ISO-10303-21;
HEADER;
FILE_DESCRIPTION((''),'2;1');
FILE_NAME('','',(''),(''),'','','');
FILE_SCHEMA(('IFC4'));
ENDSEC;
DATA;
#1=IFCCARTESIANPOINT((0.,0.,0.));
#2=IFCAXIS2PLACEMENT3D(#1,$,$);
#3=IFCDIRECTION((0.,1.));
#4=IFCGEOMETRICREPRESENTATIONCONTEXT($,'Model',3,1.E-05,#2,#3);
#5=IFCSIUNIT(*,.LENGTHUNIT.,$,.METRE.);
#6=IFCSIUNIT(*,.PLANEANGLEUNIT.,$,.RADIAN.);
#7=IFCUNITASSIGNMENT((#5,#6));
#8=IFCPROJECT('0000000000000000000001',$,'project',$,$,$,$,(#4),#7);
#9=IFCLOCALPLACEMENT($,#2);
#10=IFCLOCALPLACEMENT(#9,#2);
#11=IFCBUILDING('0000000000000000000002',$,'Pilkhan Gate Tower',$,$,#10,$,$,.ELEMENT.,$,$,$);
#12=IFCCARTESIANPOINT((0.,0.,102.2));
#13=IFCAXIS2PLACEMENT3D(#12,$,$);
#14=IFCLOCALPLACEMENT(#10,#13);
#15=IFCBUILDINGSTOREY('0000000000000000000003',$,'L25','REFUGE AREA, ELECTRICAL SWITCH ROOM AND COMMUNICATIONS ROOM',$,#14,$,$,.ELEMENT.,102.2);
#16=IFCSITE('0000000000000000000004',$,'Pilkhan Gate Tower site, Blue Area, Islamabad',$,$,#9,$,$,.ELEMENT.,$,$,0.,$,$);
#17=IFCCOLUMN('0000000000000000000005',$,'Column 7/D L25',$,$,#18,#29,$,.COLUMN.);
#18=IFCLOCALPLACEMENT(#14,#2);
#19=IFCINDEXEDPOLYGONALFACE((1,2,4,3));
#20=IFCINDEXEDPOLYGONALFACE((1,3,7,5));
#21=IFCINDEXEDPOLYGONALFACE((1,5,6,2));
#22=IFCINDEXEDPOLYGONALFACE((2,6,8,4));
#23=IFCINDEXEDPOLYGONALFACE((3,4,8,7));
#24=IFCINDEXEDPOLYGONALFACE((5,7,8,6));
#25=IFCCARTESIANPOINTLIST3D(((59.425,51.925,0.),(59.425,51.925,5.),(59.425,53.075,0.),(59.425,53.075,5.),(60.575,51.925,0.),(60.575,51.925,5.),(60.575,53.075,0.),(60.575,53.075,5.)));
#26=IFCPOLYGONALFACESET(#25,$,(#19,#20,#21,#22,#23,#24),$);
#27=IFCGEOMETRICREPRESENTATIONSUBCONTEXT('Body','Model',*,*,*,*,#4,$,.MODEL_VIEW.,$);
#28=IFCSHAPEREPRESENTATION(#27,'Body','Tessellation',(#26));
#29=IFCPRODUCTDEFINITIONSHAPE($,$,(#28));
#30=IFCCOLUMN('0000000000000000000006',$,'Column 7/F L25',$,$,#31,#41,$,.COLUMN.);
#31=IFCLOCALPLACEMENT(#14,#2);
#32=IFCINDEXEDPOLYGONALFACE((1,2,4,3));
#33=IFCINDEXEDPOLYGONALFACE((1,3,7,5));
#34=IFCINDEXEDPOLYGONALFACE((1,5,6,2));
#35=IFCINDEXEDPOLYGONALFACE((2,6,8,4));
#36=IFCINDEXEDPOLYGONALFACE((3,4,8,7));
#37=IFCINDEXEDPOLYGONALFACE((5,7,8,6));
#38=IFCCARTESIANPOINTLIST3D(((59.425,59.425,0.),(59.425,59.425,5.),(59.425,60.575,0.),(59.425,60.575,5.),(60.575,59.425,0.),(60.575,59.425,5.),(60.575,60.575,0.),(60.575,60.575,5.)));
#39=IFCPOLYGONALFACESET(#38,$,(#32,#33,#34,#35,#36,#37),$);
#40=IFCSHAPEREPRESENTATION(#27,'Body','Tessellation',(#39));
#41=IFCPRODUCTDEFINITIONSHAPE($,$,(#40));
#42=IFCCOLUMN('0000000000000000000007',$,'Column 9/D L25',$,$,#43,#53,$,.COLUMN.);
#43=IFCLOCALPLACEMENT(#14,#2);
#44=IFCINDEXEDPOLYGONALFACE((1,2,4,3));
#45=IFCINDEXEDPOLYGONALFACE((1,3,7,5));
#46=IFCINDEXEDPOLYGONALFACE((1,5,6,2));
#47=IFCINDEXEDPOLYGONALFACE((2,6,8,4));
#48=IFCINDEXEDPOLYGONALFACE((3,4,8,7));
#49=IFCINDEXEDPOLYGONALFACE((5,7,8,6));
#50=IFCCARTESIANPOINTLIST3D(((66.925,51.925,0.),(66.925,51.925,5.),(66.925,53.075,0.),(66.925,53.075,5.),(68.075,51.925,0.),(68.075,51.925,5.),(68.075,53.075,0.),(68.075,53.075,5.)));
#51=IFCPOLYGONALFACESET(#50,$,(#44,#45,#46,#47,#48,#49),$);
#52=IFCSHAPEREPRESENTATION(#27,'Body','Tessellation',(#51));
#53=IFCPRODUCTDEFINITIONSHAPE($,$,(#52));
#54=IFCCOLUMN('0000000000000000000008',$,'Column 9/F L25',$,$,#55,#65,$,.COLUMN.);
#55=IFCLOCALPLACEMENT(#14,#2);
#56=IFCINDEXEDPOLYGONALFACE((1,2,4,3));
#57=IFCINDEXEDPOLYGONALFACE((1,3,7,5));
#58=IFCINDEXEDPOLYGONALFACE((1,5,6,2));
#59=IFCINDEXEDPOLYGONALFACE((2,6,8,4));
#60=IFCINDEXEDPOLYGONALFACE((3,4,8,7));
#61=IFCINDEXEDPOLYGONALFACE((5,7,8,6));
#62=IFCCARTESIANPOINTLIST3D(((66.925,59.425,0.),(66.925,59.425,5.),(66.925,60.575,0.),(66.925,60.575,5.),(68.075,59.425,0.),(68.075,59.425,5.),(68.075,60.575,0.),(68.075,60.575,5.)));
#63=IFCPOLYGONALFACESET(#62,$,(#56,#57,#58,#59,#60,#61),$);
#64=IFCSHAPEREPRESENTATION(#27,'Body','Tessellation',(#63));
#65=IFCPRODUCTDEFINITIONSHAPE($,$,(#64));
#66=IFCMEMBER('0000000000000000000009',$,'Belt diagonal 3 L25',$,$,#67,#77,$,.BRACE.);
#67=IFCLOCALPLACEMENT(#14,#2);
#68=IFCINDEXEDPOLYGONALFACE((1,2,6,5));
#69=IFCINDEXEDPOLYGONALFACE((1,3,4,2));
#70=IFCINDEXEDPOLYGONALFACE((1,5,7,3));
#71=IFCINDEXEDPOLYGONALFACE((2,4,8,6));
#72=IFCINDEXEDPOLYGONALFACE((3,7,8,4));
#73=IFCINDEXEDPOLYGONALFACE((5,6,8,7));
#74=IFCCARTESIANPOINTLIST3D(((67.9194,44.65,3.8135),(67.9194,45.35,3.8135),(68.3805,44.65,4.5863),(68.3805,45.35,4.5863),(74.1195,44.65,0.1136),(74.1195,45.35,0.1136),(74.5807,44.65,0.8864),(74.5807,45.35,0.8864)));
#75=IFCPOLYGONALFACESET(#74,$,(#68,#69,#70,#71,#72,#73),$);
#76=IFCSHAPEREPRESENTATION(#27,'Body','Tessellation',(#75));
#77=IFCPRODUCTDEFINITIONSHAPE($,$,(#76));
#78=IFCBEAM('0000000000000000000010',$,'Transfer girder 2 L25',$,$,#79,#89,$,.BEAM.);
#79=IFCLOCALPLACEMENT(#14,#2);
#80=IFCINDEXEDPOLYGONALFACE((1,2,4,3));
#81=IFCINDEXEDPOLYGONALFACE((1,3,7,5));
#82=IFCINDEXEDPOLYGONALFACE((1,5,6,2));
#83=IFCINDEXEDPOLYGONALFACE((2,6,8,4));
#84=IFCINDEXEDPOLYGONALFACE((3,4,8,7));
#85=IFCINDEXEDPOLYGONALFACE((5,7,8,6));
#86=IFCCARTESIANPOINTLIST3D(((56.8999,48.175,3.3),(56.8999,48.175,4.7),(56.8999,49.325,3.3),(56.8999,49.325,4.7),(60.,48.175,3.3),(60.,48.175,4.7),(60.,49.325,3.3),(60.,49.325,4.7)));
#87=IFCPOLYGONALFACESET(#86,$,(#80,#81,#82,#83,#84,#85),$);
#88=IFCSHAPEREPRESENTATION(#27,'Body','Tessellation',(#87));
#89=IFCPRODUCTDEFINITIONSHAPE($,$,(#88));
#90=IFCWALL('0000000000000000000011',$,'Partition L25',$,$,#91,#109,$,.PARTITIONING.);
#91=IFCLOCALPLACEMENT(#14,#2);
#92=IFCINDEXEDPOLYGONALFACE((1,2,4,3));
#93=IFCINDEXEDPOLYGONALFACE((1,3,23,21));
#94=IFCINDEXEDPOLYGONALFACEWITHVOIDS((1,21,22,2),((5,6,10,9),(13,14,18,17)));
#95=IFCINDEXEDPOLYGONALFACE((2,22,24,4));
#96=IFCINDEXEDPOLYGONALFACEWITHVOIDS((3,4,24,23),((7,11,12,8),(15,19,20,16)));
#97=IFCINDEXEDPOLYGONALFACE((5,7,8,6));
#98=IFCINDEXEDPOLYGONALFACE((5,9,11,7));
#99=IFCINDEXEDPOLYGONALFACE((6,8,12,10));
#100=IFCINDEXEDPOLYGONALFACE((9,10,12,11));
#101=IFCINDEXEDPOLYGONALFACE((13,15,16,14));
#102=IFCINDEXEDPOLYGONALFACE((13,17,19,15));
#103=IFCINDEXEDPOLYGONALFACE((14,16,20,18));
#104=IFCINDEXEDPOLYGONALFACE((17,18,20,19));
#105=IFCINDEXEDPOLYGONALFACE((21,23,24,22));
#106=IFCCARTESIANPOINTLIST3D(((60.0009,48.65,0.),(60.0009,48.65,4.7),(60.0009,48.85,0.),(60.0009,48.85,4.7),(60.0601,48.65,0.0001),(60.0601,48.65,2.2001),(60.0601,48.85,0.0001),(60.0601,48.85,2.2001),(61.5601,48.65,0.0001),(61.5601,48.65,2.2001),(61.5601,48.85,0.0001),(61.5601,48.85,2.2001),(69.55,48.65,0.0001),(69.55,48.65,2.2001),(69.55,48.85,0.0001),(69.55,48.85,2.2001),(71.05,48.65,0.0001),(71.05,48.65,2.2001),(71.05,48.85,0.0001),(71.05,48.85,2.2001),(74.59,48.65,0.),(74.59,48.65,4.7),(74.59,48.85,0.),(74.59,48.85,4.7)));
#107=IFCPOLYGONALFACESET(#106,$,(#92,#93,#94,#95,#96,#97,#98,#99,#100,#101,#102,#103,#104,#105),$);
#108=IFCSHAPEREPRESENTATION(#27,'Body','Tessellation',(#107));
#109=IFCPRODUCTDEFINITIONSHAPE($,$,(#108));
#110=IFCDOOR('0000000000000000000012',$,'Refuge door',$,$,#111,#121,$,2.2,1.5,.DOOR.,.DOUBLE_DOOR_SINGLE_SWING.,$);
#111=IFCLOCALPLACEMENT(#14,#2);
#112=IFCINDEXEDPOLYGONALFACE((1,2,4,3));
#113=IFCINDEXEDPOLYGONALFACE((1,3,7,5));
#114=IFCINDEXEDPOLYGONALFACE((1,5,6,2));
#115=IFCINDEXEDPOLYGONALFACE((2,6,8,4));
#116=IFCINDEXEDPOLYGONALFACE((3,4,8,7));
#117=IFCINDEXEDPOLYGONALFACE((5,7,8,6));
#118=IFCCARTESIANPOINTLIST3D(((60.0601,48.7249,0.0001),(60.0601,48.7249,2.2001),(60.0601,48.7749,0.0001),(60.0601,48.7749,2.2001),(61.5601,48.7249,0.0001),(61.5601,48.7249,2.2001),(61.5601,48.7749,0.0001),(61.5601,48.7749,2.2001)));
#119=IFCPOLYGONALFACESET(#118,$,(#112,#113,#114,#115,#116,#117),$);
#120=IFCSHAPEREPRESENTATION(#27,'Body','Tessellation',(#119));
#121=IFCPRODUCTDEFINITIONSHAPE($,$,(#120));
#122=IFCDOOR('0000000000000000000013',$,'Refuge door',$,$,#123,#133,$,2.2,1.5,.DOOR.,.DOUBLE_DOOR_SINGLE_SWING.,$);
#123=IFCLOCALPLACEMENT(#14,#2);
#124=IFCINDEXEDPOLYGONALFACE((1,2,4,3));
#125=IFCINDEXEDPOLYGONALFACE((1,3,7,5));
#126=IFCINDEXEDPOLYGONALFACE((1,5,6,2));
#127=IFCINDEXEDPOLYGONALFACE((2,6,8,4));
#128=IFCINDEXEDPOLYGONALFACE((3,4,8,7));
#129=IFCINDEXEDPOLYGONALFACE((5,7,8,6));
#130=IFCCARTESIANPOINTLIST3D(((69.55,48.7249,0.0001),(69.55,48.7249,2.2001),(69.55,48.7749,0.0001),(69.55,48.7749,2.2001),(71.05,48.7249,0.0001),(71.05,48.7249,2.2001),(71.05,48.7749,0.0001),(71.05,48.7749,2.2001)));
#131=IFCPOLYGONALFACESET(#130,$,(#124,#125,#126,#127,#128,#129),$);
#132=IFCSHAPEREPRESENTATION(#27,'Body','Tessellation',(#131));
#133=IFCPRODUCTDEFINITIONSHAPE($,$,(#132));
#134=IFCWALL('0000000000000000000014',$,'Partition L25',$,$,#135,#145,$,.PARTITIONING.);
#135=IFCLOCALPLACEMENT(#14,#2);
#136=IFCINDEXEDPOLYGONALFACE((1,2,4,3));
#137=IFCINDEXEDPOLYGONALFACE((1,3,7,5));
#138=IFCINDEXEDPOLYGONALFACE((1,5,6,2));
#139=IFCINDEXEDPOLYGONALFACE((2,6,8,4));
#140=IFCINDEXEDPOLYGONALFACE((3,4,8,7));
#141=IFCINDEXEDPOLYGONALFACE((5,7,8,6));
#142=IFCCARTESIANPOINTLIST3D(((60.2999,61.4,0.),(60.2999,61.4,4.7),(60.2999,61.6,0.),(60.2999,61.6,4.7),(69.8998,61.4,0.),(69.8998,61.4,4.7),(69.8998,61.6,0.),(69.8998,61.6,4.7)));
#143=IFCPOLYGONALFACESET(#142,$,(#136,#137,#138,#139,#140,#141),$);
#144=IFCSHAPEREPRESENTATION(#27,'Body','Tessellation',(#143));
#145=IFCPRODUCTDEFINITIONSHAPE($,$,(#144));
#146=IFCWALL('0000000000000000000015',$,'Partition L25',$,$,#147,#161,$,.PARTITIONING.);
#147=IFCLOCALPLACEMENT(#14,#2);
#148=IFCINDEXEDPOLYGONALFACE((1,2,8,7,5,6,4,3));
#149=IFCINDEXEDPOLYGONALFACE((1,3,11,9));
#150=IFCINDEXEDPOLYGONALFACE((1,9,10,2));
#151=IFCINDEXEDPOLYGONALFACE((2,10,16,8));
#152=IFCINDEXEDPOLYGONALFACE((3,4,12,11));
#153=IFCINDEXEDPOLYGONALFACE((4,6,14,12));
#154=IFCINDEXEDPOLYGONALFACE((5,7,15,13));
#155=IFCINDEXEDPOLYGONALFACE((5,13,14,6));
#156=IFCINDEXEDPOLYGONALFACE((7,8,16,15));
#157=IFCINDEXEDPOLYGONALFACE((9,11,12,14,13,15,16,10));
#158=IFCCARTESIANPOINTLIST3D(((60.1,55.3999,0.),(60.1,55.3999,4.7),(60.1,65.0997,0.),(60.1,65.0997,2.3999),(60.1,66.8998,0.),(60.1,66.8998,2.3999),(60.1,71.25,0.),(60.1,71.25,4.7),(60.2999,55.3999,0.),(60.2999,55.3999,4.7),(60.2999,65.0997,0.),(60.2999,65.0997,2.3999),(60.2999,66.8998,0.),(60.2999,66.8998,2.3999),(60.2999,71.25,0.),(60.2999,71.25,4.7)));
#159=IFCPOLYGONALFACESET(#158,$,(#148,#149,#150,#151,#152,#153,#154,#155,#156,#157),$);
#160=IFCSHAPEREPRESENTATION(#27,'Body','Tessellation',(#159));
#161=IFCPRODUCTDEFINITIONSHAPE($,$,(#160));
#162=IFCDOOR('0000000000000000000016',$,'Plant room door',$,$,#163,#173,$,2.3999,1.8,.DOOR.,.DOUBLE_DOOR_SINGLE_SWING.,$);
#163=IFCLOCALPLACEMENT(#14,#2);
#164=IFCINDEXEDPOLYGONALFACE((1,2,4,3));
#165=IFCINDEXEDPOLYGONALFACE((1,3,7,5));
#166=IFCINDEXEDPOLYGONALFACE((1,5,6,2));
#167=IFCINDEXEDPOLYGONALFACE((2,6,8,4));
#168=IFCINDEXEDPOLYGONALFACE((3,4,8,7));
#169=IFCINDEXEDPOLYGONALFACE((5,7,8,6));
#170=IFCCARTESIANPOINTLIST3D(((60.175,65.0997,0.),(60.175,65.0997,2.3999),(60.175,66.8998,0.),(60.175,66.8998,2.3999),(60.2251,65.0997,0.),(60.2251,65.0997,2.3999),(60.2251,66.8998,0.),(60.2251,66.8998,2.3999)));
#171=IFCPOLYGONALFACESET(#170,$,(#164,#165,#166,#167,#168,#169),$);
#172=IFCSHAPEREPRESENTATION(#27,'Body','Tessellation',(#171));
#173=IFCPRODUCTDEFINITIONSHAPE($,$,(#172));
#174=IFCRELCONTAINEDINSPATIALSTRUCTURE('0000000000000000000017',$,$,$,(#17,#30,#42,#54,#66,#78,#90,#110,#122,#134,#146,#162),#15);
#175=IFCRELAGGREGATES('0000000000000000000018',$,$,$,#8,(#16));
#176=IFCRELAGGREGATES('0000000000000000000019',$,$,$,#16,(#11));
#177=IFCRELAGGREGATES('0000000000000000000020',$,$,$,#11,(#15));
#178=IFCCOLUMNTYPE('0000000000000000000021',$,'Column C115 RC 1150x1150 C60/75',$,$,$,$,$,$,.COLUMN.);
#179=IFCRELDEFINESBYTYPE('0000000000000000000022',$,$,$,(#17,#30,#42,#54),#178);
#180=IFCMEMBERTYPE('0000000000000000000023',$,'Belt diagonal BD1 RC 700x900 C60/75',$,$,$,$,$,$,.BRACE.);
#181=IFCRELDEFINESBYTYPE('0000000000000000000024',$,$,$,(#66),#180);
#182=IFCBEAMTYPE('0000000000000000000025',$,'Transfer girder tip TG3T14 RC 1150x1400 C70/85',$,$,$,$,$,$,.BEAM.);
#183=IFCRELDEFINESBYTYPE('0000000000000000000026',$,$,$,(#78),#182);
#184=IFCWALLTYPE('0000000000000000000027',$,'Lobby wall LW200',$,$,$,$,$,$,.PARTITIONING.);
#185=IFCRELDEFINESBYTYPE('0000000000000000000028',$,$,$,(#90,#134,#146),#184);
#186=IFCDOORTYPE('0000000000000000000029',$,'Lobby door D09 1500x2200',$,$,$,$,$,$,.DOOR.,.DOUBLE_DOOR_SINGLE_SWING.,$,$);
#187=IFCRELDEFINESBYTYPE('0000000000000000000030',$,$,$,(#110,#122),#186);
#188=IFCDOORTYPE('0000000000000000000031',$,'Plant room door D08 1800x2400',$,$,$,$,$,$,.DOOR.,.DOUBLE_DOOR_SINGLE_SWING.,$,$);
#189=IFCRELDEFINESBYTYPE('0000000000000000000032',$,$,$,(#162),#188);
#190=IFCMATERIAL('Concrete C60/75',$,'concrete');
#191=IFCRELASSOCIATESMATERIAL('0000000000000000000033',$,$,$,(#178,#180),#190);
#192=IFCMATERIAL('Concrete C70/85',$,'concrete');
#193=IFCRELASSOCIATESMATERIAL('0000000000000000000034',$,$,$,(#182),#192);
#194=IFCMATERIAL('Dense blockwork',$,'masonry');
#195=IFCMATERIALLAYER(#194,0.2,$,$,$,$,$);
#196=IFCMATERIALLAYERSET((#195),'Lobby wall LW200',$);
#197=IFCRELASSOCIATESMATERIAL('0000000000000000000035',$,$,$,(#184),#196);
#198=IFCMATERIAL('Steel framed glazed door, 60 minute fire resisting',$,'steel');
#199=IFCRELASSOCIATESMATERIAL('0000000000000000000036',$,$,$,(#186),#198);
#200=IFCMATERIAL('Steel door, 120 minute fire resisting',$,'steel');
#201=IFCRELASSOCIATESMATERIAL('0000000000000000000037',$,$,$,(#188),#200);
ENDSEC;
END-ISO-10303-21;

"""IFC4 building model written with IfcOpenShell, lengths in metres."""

from ifc_helpers import new_model, si_unit, direction, frame, frame_2d, origin, origin_2d, place, context, subcontext, project, spatial, rectangle, extrude, material, layer, layer_set, material_profile, profile_set, type_object, element, fill, save


model = new_model("IFC4")

# Units and contexts
model_context = context("Model", 3, precision=1e-05, world=origin(), true_north=direction((0.0, 1.0)))
body_context = subcontext(model_context, "Body", "Model", "MODEL_VIEW")
ifc_project = project(units=[si_unit("LENGTHUNIT", "METRE"), si_unit("PLANEANGLEUNIT", "RADIAN")], contexts=[model_context])

# Site, building, storey
site_placement = place(None, origin())
site = spatial("IfcSite", under=ifc_project, at=site_placement, Name="Pilkhan Gate Tower site, Blue Area, Islamabad", CompositionType="ELEMENT", RefElevation=0.0)
building_placement = place(site_placement, origin())
building = spatial("IfcBuilding", under=site, at=building_placement, Name="Pilkhan Gate Tower", CompositionType="ELEMENT")
storey_placement = place(building_placement, frame((0.0, 0.0, 102.2)))
storey = spatial("IfcBuildingStorey", under=building, at=storey_placement, Name="L25", Description="REFUGE AREA, ELECTRICAL SWITCH ROOM AND COMMUNICATIONS ROOM", CompositionType="ELEMENT", Elevation=102.2)

# Columns
ifc_material_1 = material(Name="Concrete C60/75", Category="concrete")
ifc_material_profile_1 = material_profile(ifc_material_1, rectangle(XDim=1.1499, YDim=1.1499, at=origin_2d()), Name="RC 1150x1150")
ifc_profile_set_1 = profile_set([ifc_material_profile_1], Name="Concrete C60/75")
column_type = type_object("IfcColumnType", Name="Column C115 RC 1150x1150 C60/75", PredefinedType="COLUMN", material=ifc_profile_set_1)
for number, where, z_axis, x_axis, name in (
    (1, (60.0, 52.5, 0.0), (0.0, 0.0, 1.0), (1.0, 0.0, 0.0), "Column 7/D L25"),
    (2, (60.0, 60.0, 0.0), (0.0, 0.0, 1.0), (1.0, 0.0, 0.0), "Column 7/F L25"),
    (3, (67.5, 52.5, 0.0), (0.0, 0.0, 1.0), (1.0, 0.0, 0.0), "Column 9/D L25"),
    (4, (67.5, 60.0, 0.0), (0.0, 0.0, 1.0), (1.0, 0.0, 0.0), "Column 9/F L25"),
):
    element("IfcColumn", number, at=place(storey_placement, frame(where, z_axis=z_axis, x_axis=x_axis)), inside=storey, type_object=column_type, Name=name, PredefinedType="COLUMN", context=body_context, shape_type="SweptSolid", body=[
        extrude(rectangle(XDim=1.1499, YDim=1.1499, at=origin_2d()), origin(), (0.0, 0.0, 1.0), 5.0),
    ])

# Member
ifc_material_profile_2 = material_profile(ifc_material_1, rectangle(XDim=0.7, YDim=0.8999, at=origin_2d()), Name="RC 700x900")
ifc_profile_set_2 = profile_set([ifc_material_profile_2], Name="Concrete C60/75")
member_type = type_object("IfcMemberType", Name="Belt diagonal BD1 RC 700x900 C60/75", PredefinedType="BRACE", material=ifc_profile_set_2)
member_placement = place(storey_placement, frame((74.3501, 45.0, 0.5), z_axis=(-0.858723, 0.0, 0.512441), x_axis=(0.0, -1.0, 0.0)))
element("IfcMember", 5, at=member_placement, inside=storey, type_object=member_type, Name="Belt diagonal 3 L25", PredefinedType="BRACE", context=body_context, shape_type="SweptSolid", body=[
    extrude(rectangle(XDim=0.7, YDim=0.8999, at=origin_2d()), origin(), (0.0, 0.0, 1.0), 7.2202),
])

# Beam
ifc_material_2 = material(Name="Concrete C70/85", Category="concrete")
ifc_material_profile_3 = material_profile(ifc_material_2, rectangle(XDim=1.1499, YDim=1.3999, at=origin_2d()), Name="RC 1150x1400")
ifc_profile_set_3 = profile_set([ifc_material_profile_3], Name="Concrete C70/85")
beam_type = type_object("IfcBeamType", Name="Transfer girder tip TG3T14 RC 1150x1400 C70/85", PredefinedType="BEAM", material=ifc_profile_set_3)
beam_placement = place(storey_placement, frame((60.0, 48.75, 4.0), z_axis=(-1.0, 0.0, 0.0), x_axis=(0.0, -1.0, 0.0)))
element("IfcBeam", 6, at=beam_placement, inside=storey, type_object=beam_type, Name="Transfer girder 2 L25", PredefinedType="BEAM", context=body_context, shape_type="SweptSolid", body=[
    extrude(rectangle(XDim=1.1499, YDim=1.3999, at=origin_2d()), origin(), (0.0, 0.0, 1.0), 3.1001),
])

# Wall, openings, doors
ifc_material_3 = material(Name="Dense blockwork", Category="masonry")
ifc_layer_1 = layer(ifc_material_3, 0.2)
ifc_layer_set_1 = layer_set([ifc_layer_1], Name="Lobby wall LW200")
wall_type_1 = type_object("IfcWallType", Name="Lobby wall LW200", PredefinedType="PARTITIONING", material=ifc_layer_set_1)
wall_1_placement = place(storey_placement, frame((60.001, 48.75, 0.0), z_axis=(0.0, 0.0, 1.0), x_axis=(1.0, 0.0, 0.0)))
wall_1 = element("IfcWall", 7, at=wall_1_placement, inside=storey, type_object=wall_type_1, Name="Partition L25", PredefinedType="PARTITIONING", context=body_context, shape_type="SweptSolid", body=[
    extrude(rectangle(XDim=14.5891, YDim=0.2, at=frame_2d((7.2944, 0.0))), origin(), (0.0, 0.0, 1.0), 4.7),
])
opening_1_placement = place(wall_1_placement, frame((0.0591, 0.0, 0.0)))
opening_1 = element("IfcOpeningElement", 8, at=opening_1_placement, cuts=wall_1, PredefinedType="OPENING", context=body_context, shape_type="SweptSolid", body=[
    extrude(rectangle(XDim=1.5, YDim=2.2, at=frame_2d((0.75, 1.1001))), frame((0.0, 0.1099, 0.0), z_axis=(0.0, -1.0, 0.0), x_axis=(1.0, 0.0, 0.0)), (0.0, 0.0, 1.0), 0.22),
])
opening_2_placement = place(wall_1_placement, frame((9.5491, 0.0, 0.0)))
opening_2 = element("IfcOpeningElement", 9, at=opening_2_placement, cuts=wall_1, PredefinedType="OPENING", context=body_context, shape_type="SweptSolid", body=[
    extrude(rectangle(XDim=1.5, YDim=2.2, at=frame_2d((0.75, 1.1001))), frame((0.0, 0.1099, 0.0), z_axis=(0.0, -1.0, 0.0), x_axis=(1.0, 0.0, 0.0)), (0.0, 0.0, 1.0), 0.22),
])
ifc_material_4 = material(Name="Steel framed glazed door, 60 minute fire resisting", Category="steel")
door_type_1 = type_object("IfcDoorType", Name="Lobby door D09 1500x2200", OperationType="DOUBLE_DOOR_SINGLE_SWING", PredefinedType="DOOR", material=ifc_material_4)
door_1_placement = place(opening_1_placement, origin())
door_1 = element("IfcDoor", 10, at=door_1_placement, inside=storey, type_object=door_type_1, Name="Refuge door", OperationType="DOUBLE_DOOR_SINGLE_SWING", OverallHeight=2.2, OverallWidth=1.5, PredefinedType="DOOR", context=body_context, shape_type="SweptSolid", body=[
    extrude(rectangle(XDim=1.5, YDim=2.2, at=frame_2d((0.75, 1.1001))), frame((0.0, 0.0249, 0.0), z_axis=(0.0, -1.0, 0.0), x_axis=(1.0, 0.0, 0.0)), (0.0, 0.0, 1.0), 0.05),
])
fill(opening_1, door_1)
door_2_placement = place(opening_2_placement, origin())
door_2 = element("IfcDoor", 11, at=door_2_placement, inside=storey, type_object=door_type_1, Name="Refuge door", OperationType="DOUBLE_DOOR_SINGLE_SWING", OverallHeight=2.2, OverallWidth=1.5, PredefinedType="DOOR", context=body_context, shape_type="SweptSolid", body=[
    extrude(rectangle(XDim=1.5, YDim=2.2, at=frame_2d((0.75, 1.1001))), frame((0.0, 0.0249, 0.0), z_axis=(0.0, -1.0, 0.0), x_axis=(1.0, 0.0, 0.0)), (0.0, 0.0, 1.0), 0.05),
])
fill(opening_2, door_2)
ifc_material_5 = material(Name="Steel door, 120 minute fire resisting", Category="steel")
door_type_2 = type_object("IfcDoorType", Name="Plant room door D08 1800x2400", OperationType="DOUBLE_DOOR_SINGLE_SWING", PredefinedType="DOOR", material=ifc_material_5)

# Wall
wall_2_placement = place(storey_placement, frame((60.3, 61.5, 0.0), z_axis=(0.0, 0.0, 1.0), x_axis=(1.0, 0.0, 0.0)))
element("IfcWall", 12, at=wall_2_placement, inside=storey, type_object=wall_type_1, Name="Partition L25", PredefinedType="PARTITIONING", context=body_context, shape_type="SweptSolid", body=[
    extrude(rectangle(XDim=9.5999, YDim=0.2, at=frame_2d((4.7998, 0.0))), origin(), (0.0, 0.0, 1.0), 4.7),
])

# Wall, opening, door
wall_3_placement = place(storey_placement, frame((60.2, 55.3999, 0.0), z_axis=(0.0, 0.0, 1.0), x_axis=(0.0, 1.0, 0.0)))
wall_3 = element("IfcWall", 13, at=wall_3_placement, inside=storey, type_object=wall_type_1, Name="Partition L25", PredefinedType="PARTITIONING", context=body_context, shape_type="SweptSolid", body=[
    extrude(rectangle(XDim=15.8501, YDim=0.2, at=frame_2d((7.925, 0.0))), origin(), (0.0, 0.0, 1.0), 4.7),
])
opening_3_placement = place(wall_3_placement, frame((9.7, 0.0, 0.0)))
opening_3 = element("IfcOpeningElement", 14, at=opening_3_placement, cuts=wall_3, PredefinedType="OPENING", context=body_context, shape_type="SweptSolid", body=[
    extrude(rectangle(XDim=1.8, YDim=2.3999, at=frame_2d((0.8999, 1.2))), frame((0.0, 0.1099, 0.0), z_axis=(0.0, -1.0, 0.0), x_axis=(1.0, 0.0, 0.0)), (0.0, 0.0, 1.0), 0.22),
])
door_3_placement = place(opening_3_placement, origin())
door_3 = element("IfcDoor", 15, at=door_3_placement, inside=storey, type_object=door_type_2, Name="Plant room door", OperationType="DOUBLE_DOOR_SINGLE_SWING", OverallHeight=2.3999, OverallWidth=1.8, PredefinedType="DOOR", context=body_context, shape_type="SweptSolid", body=[
    extrude(rectangle(XDim=1.8, YDim=2.3999, at=frame_2d((0.8999, 1.2))), frame((0.0, 0.0249, 0.0), z_axis=(0.0, -1.0, 0.0), x_axis=(1.0, 0.0, 0.0)), (0.0, 0.0, 1.0), 0.05),
])
fill(opening_3, door_3)

save(model, "model.ifc")
